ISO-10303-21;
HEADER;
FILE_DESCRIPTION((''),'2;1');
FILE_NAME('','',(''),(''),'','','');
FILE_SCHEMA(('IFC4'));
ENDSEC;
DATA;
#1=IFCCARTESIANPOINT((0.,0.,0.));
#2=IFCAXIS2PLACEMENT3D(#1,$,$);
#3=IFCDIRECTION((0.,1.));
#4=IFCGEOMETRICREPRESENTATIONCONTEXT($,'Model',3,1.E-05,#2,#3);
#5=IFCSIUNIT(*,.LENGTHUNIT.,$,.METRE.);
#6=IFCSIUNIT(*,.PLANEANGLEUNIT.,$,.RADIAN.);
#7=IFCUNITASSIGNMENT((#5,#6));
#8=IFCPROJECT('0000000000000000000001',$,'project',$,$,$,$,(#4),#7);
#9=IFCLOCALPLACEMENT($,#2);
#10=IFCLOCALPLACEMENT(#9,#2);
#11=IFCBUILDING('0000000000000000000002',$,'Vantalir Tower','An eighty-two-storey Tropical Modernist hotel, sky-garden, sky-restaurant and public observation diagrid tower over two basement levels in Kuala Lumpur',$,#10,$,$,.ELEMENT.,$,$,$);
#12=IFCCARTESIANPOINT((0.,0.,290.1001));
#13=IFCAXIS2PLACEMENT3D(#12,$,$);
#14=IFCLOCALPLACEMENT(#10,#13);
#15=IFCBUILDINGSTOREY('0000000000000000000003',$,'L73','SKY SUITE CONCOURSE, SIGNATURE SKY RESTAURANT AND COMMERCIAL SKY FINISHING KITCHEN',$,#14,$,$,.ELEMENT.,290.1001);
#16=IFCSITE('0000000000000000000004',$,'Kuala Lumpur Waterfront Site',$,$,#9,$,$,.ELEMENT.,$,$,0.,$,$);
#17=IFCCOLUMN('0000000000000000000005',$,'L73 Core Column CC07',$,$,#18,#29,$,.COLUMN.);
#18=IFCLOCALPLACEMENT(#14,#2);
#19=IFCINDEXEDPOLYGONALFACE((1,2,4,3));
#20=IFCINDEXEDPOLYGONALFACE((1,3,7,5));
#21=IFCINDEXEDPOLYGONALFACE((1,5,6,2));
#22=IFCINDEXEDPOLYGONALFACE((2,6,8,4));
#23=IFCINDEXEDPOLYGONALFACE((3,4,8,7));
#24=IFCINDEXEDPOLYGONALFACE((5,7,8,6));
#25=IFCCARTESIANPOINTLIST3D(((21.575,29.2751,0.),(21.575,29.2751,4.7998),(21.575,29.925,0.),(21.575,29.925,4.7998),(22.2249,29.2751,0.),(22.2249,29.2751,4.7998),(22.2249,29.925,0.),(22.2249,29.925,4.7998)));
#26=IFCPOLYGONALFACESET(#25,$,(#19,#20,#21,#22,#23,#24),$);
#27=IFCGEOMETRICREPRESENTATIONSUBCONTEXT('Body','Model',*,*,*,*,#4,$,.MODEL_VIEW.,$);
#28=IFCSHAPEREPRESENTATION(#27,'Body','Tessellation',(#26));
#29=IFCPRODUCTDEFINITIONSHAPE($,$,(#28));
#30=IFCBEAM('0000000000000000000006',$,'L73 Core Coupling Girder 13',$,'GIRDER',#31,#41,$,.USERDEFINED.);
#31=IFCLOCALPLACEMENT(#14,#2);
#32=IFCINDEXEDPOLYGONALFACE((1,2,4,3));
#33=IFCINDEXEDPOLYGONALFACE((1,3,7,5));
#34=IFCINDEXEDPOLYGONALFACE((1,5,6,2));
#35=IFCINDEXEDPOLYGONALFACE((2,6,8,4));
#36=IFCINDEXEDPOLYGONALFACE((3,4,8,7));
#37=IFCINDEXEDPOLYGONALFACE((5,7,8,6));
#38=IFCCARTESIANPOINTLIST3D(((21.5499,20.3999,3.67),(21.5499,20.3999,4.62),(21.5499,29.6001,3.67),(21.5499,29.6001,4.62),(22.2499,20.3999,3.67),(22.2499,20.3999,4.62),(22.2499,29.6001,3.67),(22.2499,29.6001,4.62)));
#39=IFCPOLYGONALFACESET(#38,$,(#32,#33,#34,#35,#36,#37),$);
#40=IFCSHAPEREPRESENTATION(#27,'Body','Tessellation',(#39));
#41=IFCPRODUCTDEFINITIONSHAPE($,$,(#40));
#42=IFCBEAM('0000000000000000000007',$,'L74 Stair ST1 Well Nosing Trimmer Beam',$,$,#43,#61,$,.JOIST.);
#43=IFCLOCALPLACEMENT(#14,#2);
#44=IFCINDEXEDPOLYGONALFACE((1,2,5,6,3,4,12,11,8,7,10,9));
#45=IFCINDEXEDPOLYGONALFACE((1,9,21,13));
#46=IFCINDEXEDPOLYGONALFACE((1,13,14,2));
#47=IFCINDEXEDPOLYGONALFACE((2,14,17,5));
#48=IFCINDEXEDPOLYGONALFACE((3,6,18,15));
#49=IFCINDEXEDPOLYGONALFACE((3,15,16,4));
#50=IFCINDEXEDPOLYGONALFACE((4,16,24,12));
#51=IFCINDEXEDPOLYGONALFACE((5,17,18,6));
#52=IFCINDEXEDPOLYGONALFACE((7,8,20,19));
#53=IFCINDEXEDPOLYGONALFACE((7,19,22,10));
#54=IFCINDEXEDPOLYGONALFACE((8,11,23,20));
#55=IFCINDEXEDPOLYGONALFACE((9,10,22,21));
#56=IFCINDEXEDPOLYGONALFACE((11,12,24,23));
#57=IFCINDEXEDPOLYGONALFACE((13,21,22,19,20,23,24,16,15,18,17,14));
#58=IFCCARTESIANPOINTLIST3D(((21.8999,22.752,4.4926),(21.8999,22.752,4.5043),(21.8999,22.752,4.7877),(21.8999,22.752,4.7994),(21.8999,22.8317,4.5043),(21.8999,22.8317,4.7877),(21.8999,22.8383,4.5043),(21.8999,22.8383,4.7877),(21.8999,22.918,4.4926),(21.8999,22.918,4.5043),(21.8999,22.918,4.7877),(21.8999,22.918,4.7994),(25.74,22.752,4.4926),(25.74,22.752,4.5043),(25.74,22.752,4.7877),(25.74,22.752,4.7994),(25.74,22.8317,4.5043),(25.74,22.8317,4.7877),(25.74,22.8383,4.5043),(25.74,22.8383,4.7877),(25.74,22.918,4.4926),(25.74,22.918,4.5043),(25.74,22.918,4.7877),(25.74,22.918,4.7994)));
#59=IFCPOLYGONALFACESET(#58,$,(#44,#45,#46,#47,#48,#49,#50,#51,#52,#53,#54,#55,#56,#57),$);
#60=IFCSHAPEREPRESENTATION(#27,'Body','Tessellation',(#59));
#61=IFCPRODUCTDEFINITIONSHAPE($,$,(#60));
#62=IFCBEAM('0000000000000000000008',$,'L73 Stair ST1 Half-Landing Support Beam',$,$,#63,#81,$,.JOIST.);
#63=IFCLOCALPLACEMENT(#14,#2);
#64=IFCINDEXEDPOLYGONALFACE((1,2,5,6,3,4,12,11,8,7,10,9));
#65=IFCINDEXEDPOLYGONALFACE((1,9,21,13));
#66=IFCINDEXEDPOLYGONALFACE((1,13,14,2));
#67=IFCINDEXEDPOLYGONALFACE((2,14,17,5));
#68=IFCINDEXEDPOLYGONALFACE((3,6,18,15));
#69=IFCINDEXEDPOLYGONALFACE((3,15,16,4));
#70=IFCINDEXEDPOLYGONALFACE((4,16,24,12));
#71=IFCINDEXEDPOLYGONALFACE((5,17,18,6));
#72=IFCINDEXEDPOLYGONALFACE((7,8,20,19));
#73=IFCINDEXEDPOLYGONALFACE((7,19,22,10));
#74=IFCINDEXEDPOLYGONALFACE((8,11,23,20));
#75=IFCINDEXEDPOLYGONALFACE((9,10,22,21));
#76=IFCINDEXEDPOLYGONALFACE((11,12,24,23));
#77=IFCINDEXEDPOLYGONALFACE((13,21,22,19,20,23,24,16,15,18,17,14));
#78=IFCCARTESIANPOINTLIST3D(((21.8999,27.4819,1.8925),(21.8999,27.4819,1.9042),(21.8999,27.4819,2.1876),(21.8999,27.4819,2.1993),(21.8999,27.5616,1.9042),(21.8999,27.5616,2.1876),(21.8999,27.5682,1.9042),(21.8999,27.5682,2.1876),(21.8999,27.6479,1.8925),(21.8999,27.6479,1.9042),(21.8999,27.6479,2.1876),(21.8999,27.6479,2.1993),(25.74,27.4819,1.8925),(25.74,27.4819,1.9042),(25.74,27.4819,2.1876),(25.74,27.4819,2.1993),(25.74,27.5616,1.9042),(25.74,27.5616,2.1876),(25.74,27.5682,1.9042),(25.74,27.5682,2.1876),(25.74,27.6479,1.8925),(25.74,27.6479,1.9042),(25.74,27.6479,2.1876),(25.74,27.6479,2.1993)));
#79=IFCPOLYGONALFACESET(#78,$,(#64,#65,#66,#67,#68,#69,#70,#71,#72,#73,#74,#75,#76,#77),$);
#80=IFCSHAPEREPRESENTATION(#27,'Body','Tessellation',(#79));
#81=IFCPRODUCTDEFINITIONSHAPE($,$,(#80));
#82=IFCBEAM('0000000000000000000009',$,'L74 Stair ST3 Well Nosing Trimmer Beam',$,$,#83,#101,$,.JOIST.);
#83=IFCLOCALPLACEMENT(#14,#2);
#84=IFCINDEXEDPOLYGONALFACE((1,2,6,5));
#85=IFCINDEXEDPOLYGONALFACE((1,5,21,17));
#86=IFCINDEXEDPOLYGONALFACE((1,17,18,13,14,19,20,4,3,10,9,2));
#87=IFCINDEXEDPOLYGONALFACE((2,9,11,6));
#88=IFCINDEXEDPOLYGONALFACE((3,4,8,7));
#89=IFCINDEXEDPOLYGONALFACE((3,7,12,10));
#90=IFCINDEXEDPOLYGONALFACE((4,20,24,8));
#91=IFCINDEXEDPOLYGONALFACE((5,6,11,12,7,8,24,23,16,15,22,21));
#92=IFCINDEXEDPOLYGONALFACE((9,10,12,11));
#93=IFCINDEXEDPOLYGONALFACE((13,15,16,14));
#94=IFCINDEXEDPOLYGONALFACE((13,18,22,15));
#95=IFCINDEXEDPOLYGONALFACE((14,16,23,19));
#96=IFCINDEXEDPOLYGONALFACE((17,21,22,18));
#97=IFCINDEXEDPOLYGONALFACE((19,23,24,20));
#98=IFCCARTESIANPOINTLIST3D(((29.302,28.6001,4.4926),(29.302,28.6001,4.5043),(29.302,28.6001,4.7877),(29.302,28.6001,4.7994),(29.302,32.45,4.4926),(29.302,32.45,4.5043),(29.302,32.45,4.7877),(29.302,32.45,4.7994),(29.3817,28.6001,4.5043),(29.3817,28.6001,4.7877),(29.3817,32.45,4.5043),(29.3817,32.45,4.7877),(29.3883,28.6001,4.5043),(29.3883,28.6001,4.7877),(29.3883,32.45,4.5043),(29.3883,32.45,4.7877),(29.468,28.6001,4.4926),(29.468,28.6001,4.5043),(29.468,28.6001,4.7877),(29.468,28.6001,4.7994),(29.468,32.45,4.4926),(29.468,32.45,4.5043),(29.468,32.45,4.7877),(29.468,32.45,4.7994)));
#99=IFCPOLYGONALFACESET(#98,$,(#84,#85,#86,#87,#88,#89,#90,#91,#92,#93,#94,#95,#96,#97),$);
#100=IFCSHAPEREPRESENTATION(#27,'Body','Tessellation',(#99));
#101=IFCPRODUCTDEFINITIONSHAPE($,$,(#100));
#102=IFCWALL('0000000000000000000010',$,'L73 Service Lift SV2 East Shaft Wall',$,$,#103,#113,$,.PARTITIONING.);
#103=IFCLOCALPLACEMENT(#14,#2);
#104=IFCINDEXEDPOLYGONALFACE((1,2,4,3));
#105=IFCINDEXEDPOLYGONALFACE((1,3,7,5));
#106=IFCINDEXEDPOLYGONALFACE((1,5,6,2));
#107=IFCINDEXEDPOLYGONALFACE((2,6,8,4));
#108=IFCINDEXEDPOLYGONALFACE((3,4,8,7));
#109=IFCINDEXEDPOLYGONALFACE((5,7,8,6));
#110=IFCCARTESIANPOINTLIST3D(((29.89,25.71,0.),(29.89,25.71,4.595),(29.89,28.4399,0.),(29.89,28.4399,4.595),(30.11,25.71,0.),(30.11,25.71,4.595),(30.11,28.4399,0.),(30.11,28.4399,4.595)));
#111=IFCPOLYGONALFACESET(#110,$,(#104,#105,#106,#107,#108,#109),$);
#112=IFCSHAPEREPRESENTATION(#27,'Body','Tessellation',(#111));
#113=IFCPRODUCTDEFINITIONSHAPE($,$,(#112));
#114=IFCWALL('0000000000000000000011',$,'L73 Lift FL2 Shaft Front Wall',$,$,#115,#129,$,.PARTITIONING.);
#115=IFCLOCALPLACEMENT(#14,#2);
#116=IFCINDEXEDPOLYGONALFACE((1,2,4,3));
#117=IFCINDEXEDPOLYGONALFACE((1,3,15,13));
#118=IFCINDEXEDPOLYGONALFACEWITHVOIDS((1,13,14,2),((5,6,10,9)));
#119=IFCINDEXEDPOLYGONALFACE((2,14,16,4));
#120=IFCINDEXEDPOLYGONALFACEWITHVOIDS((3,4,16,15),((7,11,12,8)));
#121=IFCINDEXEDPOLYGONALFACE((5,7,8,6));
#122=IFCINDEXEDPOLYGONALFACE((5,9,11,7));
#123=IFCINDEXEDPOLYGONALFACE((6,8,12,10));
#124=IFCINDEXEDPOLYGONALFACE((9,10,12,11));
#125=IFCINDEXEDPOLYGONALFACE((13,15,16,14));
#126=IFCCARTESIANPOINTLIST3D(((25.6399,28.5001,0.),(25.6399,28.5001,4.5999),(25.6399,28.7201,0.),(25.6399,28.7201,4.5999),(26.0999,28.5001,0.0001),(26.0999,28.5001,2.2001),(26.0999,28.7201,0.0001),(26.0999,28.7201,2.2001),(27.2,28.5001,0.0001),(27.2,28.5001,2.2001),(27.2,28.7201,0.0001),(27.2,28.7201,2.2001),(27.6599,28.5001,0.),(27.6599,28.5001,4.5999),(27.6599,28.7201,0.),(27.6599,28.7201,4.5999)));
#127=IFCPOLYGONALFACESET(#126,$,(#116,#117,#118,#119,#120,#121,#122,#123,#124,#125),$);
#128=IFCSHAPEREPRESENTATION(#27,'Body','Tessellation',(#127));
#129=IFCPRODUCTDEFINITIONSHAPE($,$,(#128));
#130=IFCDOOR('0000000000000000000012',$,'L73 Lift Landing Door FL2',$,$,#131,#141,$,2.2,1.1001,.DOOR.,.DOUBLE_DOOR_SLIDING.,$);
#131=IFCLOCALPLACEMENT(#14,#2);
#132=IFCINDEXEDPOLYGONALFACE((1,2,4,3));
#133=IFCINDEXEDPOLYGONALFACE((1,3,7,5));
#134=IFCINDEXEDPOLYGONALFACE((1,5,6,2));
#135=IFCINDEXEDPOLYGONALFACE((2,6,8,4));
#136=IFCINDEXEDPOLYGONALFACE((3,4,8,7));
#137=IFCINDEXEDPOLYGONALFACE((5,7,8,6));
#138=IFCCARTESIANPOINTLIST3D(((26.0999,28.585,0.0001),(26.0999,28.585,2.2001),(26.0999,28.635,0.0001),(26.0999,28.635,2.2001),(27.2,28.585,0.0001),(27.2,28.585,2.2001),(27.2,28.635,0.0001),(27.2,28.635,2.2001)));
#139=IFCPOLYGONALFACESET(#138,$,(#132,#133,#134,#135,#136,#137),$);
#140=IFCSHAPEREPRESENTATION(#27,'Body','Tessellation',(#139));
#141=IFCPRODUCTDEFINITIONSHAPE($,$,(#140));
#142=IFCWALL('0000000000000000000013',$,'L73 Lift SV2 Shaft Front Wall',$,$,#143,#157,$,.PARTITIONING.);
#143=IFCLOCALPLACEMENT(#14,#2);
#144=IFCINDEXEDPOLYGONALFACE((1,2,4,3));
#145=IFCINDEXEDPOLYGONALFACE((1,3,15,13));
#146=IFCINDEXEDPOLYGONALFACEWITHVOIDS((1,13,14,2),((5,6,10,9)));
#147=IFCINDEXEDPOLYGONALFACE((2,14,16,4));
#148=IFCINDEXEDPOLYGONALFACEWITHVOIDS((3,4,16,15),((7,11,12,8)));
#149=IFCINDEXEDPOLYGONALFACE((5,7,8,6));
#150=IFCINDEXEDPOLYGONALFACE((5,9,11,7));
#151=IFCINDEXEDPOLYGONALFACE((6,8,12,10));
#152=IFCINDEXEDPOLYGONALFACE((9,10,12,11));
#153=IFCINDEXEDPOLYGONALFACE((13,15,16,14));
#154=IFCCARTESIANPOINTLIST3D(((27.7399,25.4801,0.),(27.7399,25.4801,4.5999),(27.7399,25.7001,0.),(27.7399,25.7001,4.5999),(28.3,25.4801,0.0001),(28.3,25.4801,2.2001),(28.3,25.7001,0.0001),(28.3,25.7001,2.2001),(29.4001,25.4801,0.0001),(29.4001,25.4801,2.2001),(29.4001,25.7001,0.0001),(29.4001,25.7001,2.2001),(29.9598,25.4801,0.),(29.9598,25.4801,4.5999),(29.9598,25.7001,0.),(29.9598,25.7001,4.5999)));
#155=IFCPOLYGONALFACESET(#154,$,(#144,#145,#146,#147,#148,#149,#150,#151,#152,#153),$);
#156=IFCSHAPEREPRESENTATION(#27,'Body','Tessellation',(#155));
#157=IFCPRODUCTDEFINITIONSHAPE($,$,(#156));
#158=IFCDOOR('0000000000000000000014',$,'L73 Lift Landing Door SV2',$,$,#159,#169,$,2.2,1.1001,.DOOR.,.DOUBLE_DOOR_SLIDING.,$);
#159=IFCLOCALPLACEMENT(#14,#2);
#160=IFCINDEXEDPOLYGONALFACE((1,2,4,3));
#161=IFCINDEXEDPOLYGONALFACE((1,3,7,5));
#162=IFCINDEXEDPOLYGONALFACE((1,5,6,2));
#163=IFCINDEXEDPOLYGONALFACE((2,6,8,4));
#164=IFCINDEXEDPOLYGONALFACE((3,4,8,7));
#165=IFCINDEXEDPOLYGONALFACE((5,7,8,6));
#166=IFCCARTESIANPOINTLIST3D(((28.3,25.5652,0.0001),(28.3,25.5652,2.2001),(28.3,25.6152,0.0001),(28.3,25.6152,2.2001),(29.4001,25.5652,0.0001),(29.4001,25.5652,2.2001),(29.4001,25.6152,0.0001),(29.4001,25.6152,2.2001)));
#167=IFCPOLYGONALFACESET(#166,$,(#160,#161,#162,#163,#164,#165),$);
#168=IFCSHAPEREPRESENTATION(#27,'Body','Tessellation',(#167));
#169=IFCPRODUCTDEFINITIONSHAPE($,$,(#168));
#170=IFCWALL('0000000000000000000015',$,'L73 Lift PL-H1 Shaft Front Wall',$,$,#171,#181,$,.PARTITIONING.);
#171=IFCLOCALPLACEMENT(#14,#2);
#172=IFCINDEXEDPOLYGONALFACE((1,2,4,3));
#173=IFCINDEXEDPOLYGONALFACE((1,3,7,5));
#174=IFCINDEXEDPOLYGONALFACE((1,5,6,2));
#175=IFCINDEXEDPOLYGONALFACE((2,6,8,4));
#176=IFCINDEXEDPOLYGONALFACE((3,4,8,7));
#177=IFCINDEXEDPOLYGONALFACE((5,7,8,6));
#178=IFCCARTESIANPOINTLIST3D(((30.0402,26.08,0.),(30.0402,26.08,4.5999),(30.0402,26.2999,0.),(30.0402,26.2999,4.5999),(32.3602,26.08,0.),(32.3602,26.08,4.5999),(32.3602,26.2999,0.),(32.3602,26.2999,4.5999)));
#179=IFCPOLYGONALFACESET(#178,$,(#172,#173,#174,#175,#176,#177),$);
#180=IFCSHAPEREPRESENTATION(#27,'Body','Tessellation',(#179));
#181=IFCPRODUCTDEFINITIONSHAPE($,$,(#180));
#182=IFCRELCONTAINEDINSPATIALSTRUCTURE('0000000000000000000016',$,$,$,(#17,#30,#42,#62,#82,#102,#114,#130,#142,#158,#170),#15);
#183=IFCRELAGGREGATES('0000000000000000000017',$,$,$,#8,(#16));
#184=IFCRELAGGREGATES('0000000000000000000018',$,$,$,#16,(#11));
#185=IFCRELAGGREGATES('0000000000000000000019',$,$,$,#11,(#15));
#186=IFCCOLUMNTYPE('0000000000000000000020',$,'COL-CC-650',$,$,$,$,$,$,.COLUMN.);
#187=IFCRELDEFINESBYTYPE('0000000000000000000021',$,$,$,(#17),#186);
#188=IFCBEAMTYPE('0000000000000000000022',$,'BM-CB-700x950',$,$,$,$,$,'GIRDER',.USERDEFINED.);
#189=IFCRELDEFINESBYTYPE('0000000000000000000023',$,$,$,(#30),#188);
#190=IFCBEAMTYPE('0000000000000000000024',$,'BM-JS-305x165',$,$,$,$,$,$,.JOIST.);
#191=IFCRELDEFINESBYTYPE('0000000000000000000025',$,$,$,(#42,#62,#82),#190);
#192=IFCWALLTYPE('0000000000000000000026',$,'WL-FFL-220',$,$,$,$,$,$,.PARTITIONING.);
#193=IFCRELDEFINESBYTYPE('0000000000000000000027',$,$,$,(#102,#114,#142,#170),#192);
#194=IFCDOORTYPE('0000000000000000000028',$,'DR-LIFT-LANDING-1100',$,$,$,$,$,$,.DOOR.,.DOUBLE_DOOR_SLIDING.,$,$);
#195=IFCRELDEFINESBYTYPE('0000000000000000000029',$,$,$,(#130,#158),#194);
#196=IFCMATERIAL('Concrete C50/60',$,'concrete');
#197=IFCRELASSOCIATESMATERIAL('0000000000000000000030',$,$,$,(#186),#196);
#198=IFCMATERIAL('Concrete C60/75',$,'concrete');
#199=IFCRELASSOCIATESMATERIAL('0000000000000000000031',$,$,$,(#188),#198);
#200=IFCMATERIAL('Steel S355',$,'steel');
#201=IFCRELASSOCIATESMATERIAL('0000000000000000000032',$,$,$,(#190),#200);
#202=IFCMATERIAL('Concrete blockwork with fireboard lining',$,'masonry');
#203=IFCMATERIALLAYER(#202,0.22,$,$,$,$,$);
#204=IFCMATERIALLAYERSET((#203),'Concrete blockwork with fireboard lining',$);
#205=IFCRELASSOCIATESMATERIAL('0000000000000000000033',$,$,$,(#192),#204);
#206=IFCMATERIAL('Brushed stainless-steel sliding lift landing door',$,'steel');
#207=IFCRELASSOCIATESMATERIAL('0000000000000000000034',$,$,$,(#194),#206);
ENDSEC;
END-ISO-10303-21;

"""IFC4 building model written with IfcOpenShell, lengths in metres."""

from ifc_helpers import new_model, si_unit, direction, frame, frame_2d, origin, origin_2d, place, context, subcontext, project, spatial, rectangle, i_section, extrude, material, layer, layer_set, material_profile, profile_set, type_object, element, fill, save


model = new_model("IFC4")

# Units and contexts
model_context = context("Model", 3, precision=1e-05, world=origin(), true_north=direction((0.0, 1.0)))
body_context = subcontext(model_context, "Body", "Model", "MODEL_VIEW")
ifc_project = project(units=[si_unit("LENGTHUNIT", "METRE"), si_unit("PLANEANGLEUNIT", "RADIAN")], contexts=[model_context])

# Site, building, storey
site_placement = place(None, origin())
site = spatial("IfcSite", under=ifc_project, at=site_placement, Name="Kuala Lumpur Waterfront Site", CompositionType="ELEMENT", RefElevation=0.0)
building_placement = place(site_placement, origin())
building = spatial("IfcBuilding", under=site, at=building_placement, Name="Vantalir Tower", Description="An eighty-two-storey Tropical Modernist hotel, sky-garden, sky-restaurant and public observation diagrid tower over two basement levels in Kuala Lumpur", CompositionType="ELEMENT")
storey_placement = place(building_placement, frame((0.0, 0.0, 290.1001)))
storey = spatial("IfcBuildingStorey", under=building, at=storey_placement, Name="L73", Description="SKY SUITE CONCOURSE, SIGNATURE SKY RESTAURANT AND COMMERCIAL SKY FINISHING KITCHEN", CompositionType="ELEMENT", Elevation=290.1001)

# Column
ifc_material_1 = material(Name="Concrete C50/60", Category="concrete")
ifc_material_profile_1 = material_profile(ifc_material_1, rectangle(XDim=0.6499, YDim=0.6499, at=origin_2d()), Name="Concrete C50/60")
ifc_profile_set_1 = profile_set([ifc_material_profile_1], Name="Concrete C50/60")
column_type = type_object("IfcColumnType", Name="COL-CC-650", PredefinedType="COLUMN", material=ifc_profile_set_1)
column_placement = place(storey_placement, frame((21.8999, 29.6001, 0.0), z_axis=(0.0, 0.0, 1.0), x_axis=(1.0, 0.0, 0.0)))
element("IfcColumn", 1, at=column_placement, inside=storey, type_object=column_type, Name="L73 Core Column CC07", PredefinedType="COLUMN", context=body_context, shape_type="SweptSolid", body=[
    extrude(rectangle(XDim=0.6499, YDim=0.6499, at=origin_2d()), origin(), (0.0, 0.0, 1.0), 4.7998),
])

# Beams
ifc_material_2 = material(Name="Concrete C60/75", Category="concrete")
ifc_material_profile_2 = material_profile(ifc_material_2, rectangle(XDim=0.7, YDim=0.95, at=origin_2d()), Name="Concrete C60/75")
ifc_profile_set_2 = profile_set([ifc_material_profile_2], Name="Concrete C60/75")
beam_type_1 = type_object("IfcBeamType", Name="BM-CB-700x950", ElementType="GIRDER", PredefinedType="USERDEFINED", material=ifc_profile_set_2)
beam_1_placement = place(storey_placement, frame((21.8999, 29.6001, 4.145), z_axis=(0.0, -1.0, 0.0), x_axis=(1.0, 0.0, 0.0)))
element("IfcBeam", 2, at=beam_1_placement, inside=storey, type_object=beam_type_1, Name="L73 Core Coupling Girder 13", ObjectType="GIRDER", PredefinedType="USERDEFINED", context=body_context, shape_type="SweptSolid", body=[
    extrude(rectangle(XDim=0.7, YDim=0.95, at=origin_2d()), origin(), (0.0, 0.0, 1.0), 9.2002),
])
ifc_material_3 = material(Name="Steel S355", Category="steel")
ifc_material_profile_3 = material_profile(ifc_material_3, i_section(OverallWidth=0.166, OverallDepth=0.3069, WebThickness=0.0066, FlangeThickness=0.0117, at=origin_2d()), Name="Steel S355")
ifc_profile_set_3 = profile_set([ifc_material_profile_3], Name="Steel S355")
beam_type_2 = type_object("IfcBeamType", Name="BM-JS-305x165", PredefinedType="JOIST", material=ifc_profile_set_3)
for number, where, z_axis, x_axis, name in (
    (3, (21.8999, 22.835, 4.646), (1.0, 0.0, 0.0), (0.0, 1.0, 0.0), "L74 Stair ST1 Well Nosing Trimmer Beam"),
    (4, (21.8999, 27.5649, 2.0459), (1.0, 0.0, 0.0), (0.0, 1.0, 0.0), "L73 Stair ST1 Half-Landing Support Beam"),
):
    element("IfcBeam", number, at=place(storey_placement, frame(where, z_axis=z_axis, x_axis=x_axis)), inside=storey, type_object=beam_type_2, Name=name, PredefinedType="JOIST", context=body_context, shape_type="SweptSolid", body=[
        extrude(i_section(OverallWidth=0.166, OverallDepth=0.3069, WebThickness=0.0066, FlangeThickness=0.0117, at=origin_2d()), origin(), (0.0, 0.0, 1.0), 3.8401),
    ])
beam_2_placement = place(storey_placement, frame((29.385, 28.6001, 4.646), z_axis=(0.0, 1.0, 0.0), x_axis=(-1.0, 0.0, 0.0)))
element("IfcBeam", 5, at=beam_2_placement, inside=storey, type_object=beam_type_2, Name="L74 Stair ST3 Well Nosing Trimmer Beam", PredefinedType="JOIST", context=body_context, shape_type="SweptSolid", body=[
    extrude(i_section(OverallWidth=0.166, OverallDepth=0.3069, WebThickness=0.0066, FlangeThickness=0.0117, at=origin_2d()), origin(), (0.0, 0.0, 1.0), 3.8499),
])

# Wall
ifc_material_4 = material(Name="Concrete blockwork with fireboard lining", Category="masonry")
ifc_layer_1 = layer(ifc_material_4, 0.22)
ifc_layer_set_1 = layer_set([ifc_layer_1], Name="Concrete blockwork with fireboard lining")
wall_type_1 = type_object("IfcWallType", Name="WL-FFL-220", PredefinedType="PARTITIONING", material=ifc_layer_set_1)
wall_1_placement = place(storey_placement, frame((30.0, 25.71, 0.0), z_axis=(0.0, 0.0, 1.0), x_axis=(0.0, 1.0, 0.0)))
element("IfcWall", 6, at=wall_1_placement, inside=storey, type_object=wall_type_1, Name="L73 Service Lift SV2 East Shaft Wall", PredefinedType="PARTITIONING", context=body_context, shape_type="SweptSolid", body=[
    extrude(rectangle(XDim=2.73, YDim=0.22, at=frame_2d((1.365, 0.0))), origin(), (0.0, 0.0, 1.0), 4.595),
])

# Walls, openings, doors
wall_2_placement = place(storey_placement, frame((25.6399, 28.6101, 0.0), z_axis=(0.0, 0.0, 1.0), x_axis=(1.0, 0.0, 0.0)))
wall_2 = element("IfcWall", 7, at=wall_2_placement, inside=storey, type_object=wall_type_1, Name="L73 Lift FL2 Shaft Front Wall", PredefinedType="PARTITIONING", context=body_context, shape_type="SweptSolid", body=[
    extrude(rectangle(XDim=2.02, YDim=0.22, at=frame_2d((1.01, 0.0))), origin(), (0.0, 0.0, 1.0), 4.5999),
])
opening_1_placement = place(wall_2_placement, frame((0.46, 0.0, 0.0)))
opening_1 = element("IfcOpeningElement", 8, at=opening_1_placement, cuts=wall_2, PredefinedType="OPENING", context=body_context, shape_type="SweptSolid", body=[
    extrude(rectangle(XDim=1.1001, YDim=2.2, at=frame_2d((0.55, 1.1001))), frame((0.0, 0.1199, 0.0), z_axis=(0.0, -1.0, 0.0), x_axis=(1.0, 0.0, 0.0)), (0.0, 0.0, 1.0), 0.24),
])
ifc_material_5 = material(Name="Brushed stainless-steel sliding lift landing door", Category="steel")
door_type_1 = type_object("IfcDoorType", Name="DR-LIFT-LANDING-1100", OperationType="DOUBLE_DOOR_SLIDING", PredefinedType="DOOR", material=ifc_material_5)
door_1_placement = place(opening_1_placement, origin())
door_1 = element("IfcDoor", 9, at=door_1_placement, inside=storey, type_object=door_type_1, Name="L73 Lift Landing Door FL2", OperationType="DOUBLE_DOOR_SLIDING", OverallHeight=2.2, OverallWidth=1.1001, PredefinedType="DOOR", context=body_context, shape_type="SweptSolid", body=[
    extrude(rectangle(XDim=1.1001, YDim=2.2, at=frame_2d((0.55, 1.1001))), frame((0.0, 0.0249, 0.0), z_axis=(0.0, -1.0, 0.0), x_axis=(1.0, 0.0, 0.0)), (0.0, 0.0, 1.0), 0.05),
])
fill(opening_1, door_1)
wall_3_placement = place(storey_placement, frame((27.74, 25.5901, 0.0), z_axis=(0.0, 0.0, 1.0), x_axis=(1.0, 0.0, 0.0)))
wall_3 = element("IfcWall", 10, at=wall_3_placement, inside=storey, type_object=wall_type_1, Name="L73 Lift SV2 Shaft Front Wall", PredefinedType="PARTITIONING", context=body_context, shape_type="SweptSolid", body=[
    extrude(rectangle(XDim=2.22, YDim=0.22, at=frame_2d((1.1099, 0.0))), origin(), (0.0, 0.0, 1.0), 4.5999),
])
opening_2_placement = place(wall_3_placement, frame((0.5601, 0.0, 0.0)))
opening_2 = element("IfcOpeningElement", 11, at=opening_2_placement, cuts=wall_3, PredefinedType="OPENING", context=body_context, shape_type="SweptSolid", body=[
    extrude(rectangle(XDim=1.1001, YDim=2.2, at=frame_2d((0.55, 1.1001))), frame((0.0, 0.1199, 0.0), z_axis=(0.0, -1.0, 0.0), x_axis=(1.0, 0.0, 0.0)), (0.0, 0.0, 1.0), 0.24),
])
door_2_placement = place(opening_2_placement, frame((1.1001, 0.0, 0.0), z_axis=(0.0, 0.0, 1.0), x_axis=(-1.0, 0.0, 0.0)))
door_2 = element("IfcDoor", 12, at=door_2_placement, inside=storey, type_object=door_type_1, Name="L73 Lift Landing Door SV2", OperationType="DOUBLE_DOOR_SLIDING", OverallHeight=2.2, OverallWidth=1.1001, PredefinedType="DOOR", context=body_context, shape_type="SweptSolid", body=[
    extrude(rectangle(XDim=1.1001, YDim=2.2, at=frame_2d((0.55, 1.1001))), frame((0.0, 0.0249, 0.0), z_axis=(0.0, -1.0, 0.0), x_axis=(1.0, 0.0, 0.0)), (0.0, 0.0, 1.0), 0.05),
])
fill(opening_2, door_2)

# Wall
wall_4_placement = place(storey_placement, frame((30.04, 26.1899, 0.0), z_axis=(0.0, 0.0, 1.0), x_axis=(1.0, 0.0, 0.0)))
element("IfcWall", 13, at=wall_4_placement, inside=storey, type_object=wall_type_1, Name="L73 Lift PL-H1 Shaft Front Wall", PredefinedType="PARTITIONING", context=body_context, shape_type="SweptSolid", body=[
    extrude(rectangle(XDim=2.3201, YDim=0.22, at=frame_2d((1.1602, 0.0))), origin(), (0.0, 0.0, 1.0), 4.5999),
])

save(model, "model.ifc")
